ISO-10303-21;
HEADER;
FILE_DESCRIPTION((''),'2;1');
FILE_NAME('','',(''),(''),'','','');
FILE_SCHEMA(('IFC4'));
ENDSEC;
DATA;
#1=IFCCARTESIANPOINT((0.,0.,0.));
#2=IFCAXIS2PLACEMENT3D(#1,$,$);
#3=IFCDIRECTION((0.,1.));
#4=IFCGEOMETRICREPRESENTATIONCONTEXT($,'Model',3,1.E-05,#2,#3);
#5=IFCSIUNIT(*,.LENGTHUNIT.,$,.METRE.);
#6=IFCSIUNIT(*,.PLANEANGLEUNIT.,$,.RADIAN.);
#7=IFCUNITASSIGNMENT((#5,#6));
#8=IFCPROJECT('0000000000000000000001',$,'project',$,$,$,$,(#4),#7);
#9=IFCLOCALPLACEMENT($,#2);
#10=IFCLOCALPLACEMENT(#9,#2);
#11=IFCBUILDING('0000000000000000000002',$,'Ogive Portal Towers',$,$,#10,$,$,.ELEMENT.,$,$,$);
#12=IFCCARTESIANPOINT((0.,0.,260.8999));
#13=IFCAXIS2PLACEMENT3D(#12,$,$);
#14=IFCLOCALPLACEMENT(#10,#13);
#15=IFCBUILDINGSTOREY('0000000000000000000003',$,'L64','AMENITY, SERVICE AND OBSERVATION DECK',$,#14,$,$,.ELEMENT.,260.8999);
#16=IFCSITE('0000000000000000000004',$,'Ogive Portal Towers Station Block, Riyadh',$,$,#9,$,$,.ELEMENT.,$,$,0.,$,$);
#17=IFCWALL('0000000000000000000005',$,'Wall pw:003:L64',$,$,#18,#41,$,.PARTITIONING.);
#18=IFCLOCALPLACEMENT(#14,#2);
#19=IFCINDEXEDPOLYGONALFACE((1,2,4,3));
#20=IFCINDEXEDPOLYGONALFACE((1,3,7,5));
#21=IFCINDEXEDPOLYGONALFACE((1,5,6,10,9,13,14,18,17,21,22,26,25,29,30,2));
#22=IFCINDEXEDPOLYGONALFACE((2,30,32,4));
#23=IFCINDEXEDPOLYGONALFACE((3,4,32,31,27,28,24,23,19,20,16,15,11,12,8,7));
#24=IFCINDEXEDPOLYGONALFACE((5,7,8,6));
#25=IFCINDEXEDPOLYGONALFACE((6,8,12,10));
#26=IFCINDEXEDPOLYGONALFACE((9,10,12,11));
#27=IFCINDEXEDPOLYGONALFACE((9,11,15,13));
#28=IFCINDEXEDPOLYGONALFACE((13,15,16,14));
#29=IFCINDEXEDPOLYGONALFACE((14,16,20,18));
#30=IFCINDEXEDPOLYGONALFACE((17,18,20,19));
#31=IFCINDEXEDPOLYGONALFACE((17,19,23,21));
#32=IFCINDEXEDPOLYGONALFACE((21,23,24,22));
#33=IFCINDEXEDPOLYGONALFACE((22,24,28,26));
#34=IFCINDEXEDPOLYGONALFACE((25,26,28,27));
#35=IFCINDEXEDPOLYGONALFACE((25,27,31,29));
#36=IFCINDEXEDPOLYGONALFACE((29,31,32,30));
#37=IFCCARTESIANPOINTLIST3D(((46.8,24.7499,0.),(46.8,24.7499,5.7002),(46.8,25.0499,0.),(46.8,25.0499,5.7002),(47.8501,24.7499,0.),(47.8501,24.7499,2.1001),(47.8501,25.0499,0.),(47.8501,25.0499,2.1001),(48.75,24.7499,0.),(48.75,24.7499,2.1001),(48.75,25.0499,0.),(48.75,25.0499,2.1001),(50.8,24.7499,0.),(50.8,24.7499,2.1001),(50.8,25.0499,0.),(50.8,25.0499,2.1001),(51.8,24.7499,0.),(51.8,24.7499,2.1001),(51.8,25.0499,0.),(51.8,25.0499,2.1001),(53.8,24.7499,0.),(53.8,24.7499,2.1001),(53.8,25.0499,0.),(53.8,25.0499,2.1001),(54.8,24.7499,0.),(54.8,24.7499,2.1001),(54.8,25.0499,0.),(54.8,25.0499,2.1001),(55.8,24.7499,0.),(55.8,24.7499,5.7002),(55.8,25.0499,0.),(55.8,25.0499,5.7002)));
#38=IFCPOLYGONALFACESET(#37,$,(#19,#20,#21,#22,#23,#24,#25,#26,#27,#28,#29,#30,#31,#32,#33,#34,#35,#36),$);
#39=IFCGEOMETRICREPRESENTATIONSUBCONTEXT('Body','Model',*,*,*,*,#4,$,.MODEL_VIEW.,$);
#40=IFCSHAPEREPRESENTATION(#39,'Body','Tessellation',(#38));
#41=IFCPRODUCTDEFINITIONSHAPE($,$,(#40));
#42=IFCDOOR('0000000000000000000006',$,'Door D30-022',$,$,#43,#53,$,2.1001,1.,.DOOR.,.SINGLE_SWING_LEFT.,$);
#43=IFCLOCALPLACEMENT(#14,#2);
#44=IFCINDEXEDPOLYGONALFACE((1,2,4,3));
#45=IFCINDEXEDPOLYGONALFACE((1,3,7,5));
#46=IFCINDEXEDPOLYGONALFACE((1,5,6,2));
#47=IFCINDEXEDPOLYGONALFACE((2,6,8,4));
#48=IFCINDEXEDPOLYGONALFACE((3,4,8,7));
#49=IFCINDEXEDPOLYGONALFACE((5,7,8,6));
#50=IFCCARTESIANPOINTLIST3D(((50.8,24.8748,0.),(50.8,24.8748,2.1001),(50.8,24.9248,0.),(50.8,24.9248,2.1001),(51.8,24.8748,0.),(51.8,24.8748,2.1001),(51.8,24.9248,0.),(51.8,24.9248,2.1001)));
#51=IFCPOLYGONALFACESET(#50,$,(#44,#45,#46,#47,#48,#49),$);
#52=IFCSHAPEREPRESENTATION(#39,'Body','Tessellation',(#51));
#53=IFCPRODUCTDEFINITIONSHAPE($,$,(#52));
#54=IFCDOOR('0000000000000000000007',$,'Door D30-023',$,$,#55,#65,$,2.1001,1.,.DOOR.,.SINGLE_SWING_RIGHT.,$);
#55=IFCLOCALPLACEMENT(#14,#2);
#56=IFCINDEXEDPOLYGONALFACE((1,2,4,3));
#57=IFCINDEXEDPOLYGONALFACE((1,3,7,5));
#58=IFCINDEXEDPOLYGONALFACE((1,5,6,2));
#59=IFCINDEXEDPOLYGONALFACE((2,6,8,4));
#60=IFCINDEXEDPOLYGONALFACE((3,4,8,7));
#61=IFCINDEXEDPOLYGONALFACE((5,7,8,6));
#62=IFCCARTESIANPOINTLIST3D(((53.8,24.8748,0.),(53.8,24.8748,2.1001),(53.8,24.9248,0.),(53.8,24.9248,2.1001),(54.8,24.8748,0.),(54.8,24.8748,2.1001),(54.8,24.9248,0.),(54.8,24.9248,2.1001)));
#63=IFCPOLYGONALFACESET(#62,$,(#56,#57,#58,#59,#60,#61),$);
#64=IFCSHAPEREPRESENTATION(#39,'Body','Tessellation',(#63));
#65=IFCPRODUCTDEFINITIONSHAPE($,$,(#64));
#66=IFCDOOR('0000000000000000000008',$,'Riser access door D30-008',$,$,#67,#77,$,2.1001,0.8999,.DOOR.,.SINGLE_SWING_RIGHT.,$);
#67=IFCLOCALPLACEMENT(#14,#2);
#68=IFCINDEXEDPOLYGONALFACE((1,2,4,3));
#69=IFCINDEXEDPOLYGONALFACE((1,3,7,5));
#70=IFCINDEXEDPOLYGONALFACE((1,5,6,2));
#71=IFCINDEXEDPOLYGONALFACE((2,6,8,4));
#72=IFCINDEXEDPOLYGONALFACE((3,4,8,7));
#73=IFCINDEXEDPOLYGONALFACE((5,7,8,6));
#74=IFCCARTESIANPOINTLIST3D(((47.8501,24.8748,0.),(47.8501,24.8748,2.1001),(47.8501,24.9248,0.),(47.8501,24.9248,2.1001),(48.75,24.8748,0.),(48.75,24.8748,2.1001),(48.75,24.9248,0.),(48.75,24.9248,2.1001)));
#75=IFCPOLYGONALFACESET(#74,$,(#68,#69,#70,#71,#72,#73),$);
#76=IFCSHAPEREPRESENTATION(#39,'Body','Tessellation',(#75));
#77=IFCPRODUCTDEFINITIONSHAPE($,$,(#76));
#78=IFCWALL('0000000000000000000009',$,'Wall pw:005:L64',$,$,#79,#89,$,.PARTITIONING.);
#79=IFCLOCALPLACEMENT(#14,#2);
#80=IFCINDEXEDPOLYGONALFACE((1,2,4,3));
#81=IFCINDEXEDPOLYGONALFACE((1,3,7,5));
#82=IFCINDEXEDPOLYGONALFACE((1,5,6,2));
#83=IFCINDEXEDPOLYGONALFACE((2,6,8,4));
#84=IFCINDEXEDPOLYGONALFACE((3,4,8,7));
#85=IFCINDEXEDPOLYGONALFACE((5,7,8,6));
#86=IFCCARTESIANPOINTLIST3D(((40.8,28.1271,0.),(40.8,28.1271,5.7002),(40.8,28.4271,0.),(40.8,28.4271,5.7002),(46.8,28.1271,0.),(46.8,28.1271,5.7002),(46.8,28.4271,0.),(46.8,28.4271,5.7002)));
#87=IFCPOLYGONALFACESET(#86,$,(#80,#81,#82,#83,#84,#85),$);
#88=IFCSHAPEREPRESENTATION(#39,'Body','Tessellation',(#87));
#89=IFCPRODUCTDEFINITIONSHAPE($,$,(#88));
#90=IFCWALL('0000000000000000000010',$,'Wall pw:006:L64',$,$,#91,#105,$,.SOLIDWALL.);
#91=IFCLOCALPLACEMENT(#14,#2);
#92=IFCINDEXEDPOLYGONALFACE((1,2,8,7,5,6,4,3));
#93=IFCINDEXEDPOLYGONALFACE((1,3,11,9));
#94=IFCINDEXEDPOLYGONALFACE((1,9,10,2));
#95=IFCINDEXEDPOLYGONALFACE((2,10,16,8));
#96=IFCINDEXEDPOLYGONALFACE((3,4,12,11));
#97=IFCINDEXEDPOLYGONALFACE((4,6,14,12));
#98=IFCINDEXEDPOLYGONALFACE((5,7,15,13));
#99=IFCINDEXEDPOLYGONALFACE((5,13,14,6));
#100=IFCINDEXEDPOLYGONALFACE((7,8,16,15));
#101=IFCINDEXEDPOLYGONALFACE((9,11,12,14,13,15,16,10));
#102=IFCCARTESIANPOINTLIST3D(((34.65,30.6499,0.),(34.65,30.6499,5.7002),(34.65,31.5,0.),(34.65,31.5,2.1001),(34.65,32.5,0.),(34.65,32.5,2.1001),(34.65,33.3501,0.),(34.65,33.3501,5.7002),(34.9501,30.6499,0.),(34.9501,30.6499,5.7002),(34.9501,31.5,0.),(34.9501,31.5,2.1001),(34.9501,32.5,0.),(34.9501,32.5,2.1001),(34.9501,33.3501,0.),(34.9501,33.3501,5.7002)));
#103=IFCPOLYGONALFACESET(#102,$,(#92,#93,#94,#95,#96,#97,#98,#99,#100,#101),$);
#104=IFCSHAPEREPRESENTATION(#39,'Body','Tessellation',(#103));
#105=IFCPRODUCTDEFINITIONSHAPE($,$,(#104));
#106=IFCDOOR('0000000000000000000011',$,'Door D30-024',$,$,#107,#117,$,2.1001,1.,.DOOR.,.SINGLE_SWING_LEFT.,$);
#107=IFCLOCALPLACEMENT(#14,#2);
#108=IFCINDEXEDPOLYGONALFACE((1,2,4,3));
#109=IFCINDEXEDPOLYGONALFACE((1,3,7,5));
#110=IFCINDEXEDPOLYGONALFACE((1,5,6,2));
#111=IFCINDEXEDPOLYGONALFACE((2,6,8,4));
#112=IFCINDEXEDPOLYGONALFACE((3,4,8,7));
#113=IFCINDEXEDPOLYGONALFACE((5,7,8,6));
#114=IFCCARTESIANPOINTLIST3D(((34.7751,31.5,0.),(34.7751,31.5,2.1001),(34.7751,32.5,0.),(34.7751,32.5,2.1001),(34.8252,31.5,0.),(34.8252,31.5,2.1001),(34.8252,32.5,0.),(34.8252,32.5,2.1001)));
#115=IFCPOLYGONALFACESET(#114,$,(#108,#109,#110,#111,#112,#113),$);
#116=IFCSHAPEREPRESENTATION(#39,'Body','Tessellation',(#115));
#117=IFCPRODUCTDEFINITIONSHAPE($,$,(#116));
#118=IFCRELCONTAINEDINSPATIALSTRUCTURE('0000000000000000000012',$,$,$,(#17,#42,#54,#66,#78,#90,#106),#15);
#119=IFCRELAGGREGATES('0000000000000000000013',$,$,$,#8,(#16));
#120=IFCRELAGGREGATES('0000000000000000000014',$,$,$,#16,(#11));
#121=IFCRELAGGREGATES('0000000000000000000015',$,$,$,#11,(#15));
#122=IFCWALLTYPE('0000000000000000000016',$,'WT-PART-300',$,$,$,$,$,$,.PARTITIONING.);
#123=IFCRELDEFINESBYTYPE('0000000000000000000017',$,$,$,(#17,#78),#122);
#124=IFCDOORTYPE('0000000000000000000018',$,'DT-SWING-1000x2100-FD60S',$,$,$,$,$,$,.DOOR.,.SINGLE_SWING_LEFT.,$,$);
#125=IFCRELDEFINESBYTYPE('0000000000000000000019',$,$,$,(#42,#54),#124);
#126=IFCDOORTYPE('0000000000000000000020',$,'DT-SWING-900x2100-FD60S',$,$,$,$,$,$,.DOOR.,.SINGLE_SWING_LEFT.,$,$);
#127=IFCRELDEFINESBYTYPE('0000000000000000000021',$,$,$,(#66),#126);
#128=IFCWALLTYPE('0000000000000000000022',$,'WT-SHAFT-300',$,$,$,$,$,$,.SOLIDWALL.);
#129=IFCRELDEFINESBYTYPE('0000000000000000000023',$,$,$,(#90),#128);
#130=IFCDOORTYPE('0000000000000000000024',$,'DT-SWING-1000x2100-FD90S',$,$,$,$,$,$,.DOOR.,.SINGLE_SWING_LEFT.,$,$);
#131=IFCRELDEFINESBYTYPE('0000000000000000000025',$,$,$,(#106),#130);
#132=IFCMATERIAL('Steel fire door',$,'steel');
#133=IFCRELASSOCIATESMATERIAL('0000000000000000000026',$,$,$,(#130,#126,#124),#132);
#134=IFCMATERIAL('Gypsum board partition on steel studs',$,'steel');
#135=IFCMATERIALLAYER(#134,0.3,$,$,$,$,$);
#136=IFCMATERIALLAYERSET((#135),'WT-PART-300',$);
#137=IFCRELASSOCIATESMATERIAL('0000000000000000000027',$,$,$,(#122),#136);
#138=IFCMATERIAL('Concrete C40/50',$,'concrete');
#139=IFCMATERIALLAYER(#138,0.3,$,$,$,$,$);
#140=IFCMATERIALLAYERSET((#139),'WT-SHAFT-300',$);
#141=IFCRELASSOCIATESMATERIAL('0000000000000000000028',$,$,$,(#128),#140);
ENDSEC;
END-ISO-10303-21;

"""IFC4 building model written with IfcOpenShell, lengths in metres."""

from ifc_helpers import new_model, si_unit, direction, frame, frame_2d, origin, place, context, subcontext, project, spatial, rectangle, extrude, material, layer, layer_set, type_object, element, fill, save


model = new_model("IFC4")

# Units and contexts
model_context = context("Model", 3, precision=1e-05, world=origin(), true_north=direction((0.0, 1.0)))
body_context = subcontext(model_context, "Body", "Model", "MODEL_VIEW")
ifc_project = project(units=[si_unit("LENGTHUNIT", "METRE"), si_unit("PLANEANGLEUNIT", "RADIAN")], contexts=[model_context])

# Site, building, storey
site_placement = place(None, origin())
site = spatial("IfcSite", under=ifc_project, at=site_placement, Name="Ogive Portal Towers Station Block, Riyadh", CompositionType="ELEMENT", RefElevation=0.0)
building_placement = place(site_placement, origin())
building = spatial("IfcBuilding", under=site, at=building_placement, Name="Ogive Portal Towers", CompositionType="ELEMENT")
storey_placement = place(building_placement, frame((0.0, 0.0, 260.8999)))
storey = spatial("IfcBuildingStorey", under=building, at=storey_placement, Name="L64", Description="AMENITY, SERVICE AND OBSERVATION DECK", CompositionType="ELEMENT", Elevation=260.8999)

# Shared definitions
ifc_material_1 = material(Name="Steel fire door", Category="steel")
door_type_1 = type_object("IfcDoorType", Name="DT-SWING-1000x2100-FD90S", OperationType="SINGLE_SWING_LEFT", PredefinedType="DOOR", material=ifc_material_1)

# Shared definitions
ifc_material_2 = material(Name="Gypsum board partition on steel studs", Category="steel")
ifc_layer_1 = layer(ifc_material_2, 0.3)
ifc_layer_set_1 = layer_set([ifc_layer_1], Name="WT-PART-300")
wall_type_1 = type_object("IfcWallType", Name="WT-PART-300", PredefinedType="PARTITIONING", material=ifc_layer_set_1)
door_type_2 = type_object("IfcDoorType", Name="DT-SWING-900x2100-FD60S", OperationType="SINGLE_SWING_LEFT", PredefinedType="DOOR", material=ifc_material_1)

# Wall, openings, doors
wall_1_placement = place(storey_placement, frame((46.8, 24.8999, 0.0), z_axis=(0.0, 0.0, 1.0), x_axis=(1.0, 0.0, 0.0)))
wall_1 = element("IfcWall", 1, at=wall_1_placement, inside=storey, type_object=wall_type_1, Name="Wall pw:003:L64", PredefinedType="PARTITIONING", context=body_context, shape_type="SweptSolid", body=[
    extrude(rectangle(XDim=9.0, YDim=0.3, at=frame_2d((4.5, 0.0))), origin(), (0.0, 0.0, 1.0), 5.7002),
])
opening_1_placement = place(wall_1_placement, frame((1.05, 0.0, 0.0)))
opening_1 = element("IfcOpeningElement", 2, at=opening_1_placement, cuts=wall_1, PredefinedType="OPENING", context=body_context, shape_type="SweptSolid", body=[
    extrude(rectangle(XDim=0.8999, YDim=2.1001, at=frame_2d((0.45, 1.05))), frame((0.0, 0.1602, 0.0), z_axis=(0.0, -1.0, 0.0), x_axis=(1.0, 0.0, 0.0)), (0.0, 0.0, 1.0), 0.3201),
])
opening_2_placement = place(wall_1_placement, frame((4.0, 0.0, 0.0)))
opening_2 = element("IfcOpeningElement", 3, at=opening_2_placement, cuts=wall_1, PredefinedType="OPENING", context=body_context, shape_type="SweptSolid", body=[
    extrude(rectangle(XDim=1.0, YDim=2.1001, at=frame_2d((0.5, 1.05))), frame((0.0, 0.1602, 0.0), z_axis=(0.0, -1.0, 0.0), x_axis=(1.0, 0.0, 0.0)), (0.0, 0.0, 1.0), 0.3201),
])
opening_3_placement = place(wall_1_placement, frame((7.0, 0.0, 0.0)))
opening_3 = element("IfcOpeningElement", 4, at=opening_3_placement, cuts=wall_1, PredefinedType="OPENING", context=body_context, shape_type="SweptSolid", body=[
    extrude(rectangle(XDim=1.0, YDim=2.1001, at=frame_2d((0.5, 1.05))), frame((0.0, 0.1602, 0.0), z_axis=(0.0, -1.0, 0.0), x_axis=(1.0, 0.0, 0.0)), (0.0, 0.0, 1.0), 0.3201),
])
door_type_3 = type_object("IfcDoorType", Name="DT-SWING-1000x2100-FD60S", OperationType="SINGLE_SWING_LEFT", PredefinedType="DOOR", material=ifc_material_1)
door_1_placement = place(opening_2_placement, origin())
door_1 = element("IfcDoor", 5, at=door_1_placement, inside=storey, type_object=door_type_3, Name="Door D30-022", OperationType="SINGLE_SWING_LEFT", OverallHeight=2.1001, OverallWidth=1.0, PredefinedType="DOOR", context=body_context, shape_type="SweptSolid", body=[
    extrude(rectangle(XDim=1.0, YDim=2.1001, at=frame_2d((0.5, 1.05))), frame((0.0, 0.0249, 0.0), z_axis=(0.0, -1.0, 0.0), x_axis=(1.0, 0.0, 0.0)), (0.0, 0.0, 1.0), 0.05),
])
fill(opening_2, door_1)
door_2_placement = place(opening_3_placement, origin())
door_2 = element("IfcDoor", 6, at=door_2_placement, inside=storey, type_object=door_type_3, Name="Door D30-023", OperationType="SINGLE_SWING_RIGHT", OverallHeight=2.1001, OverallWidth=1.0, PredefinedType="DOOR", context=body_context, shape_type="SweptSolid", body=[
    extrude(rectangle(XDim=1.0, YDim=2.1001, at=frame_2d((0.5, 1.05))), frame((0.0, 0.0249, 0.0), z_axis=(0.0, -1.0, 0.0), x_axis=(1.0, 0.0, 0.0)), (0.0, 0.0, 1.0), 0.05),
])
fill(opening_3, door_2)
door_3_placement = place(opening_1_placement, origin())
door_3 = element("IfcDoor", 7, at=door_3_placement, inside=storey, type_object=door_type_2, Name="Riser access door D30-008", OperationType="SINGLE_SWING_RIGHT", OverallHeight=2.1001, OverallWidth=0.8999, PredefinedType="DOOR", context=body_context, shape_type="SweptSolid", body=[
    extrude(rectangle(XDim=0.8999, YDim=2.1001, at=frame_2d((0.45, 1.05))), frame((0.0, 0.0249, 0.0), z_axis=(0.0, -1.0, 0.0), x_axis=(1.0, 0.0, 0.0)), (0.0, 0.0, 1.0), 0.05),
])
fill(opening_1, door_3)

# Wall
wall_2_placement = place(storey_placement, frame((40.8, 28.2771, 0.0), z_axis=(0.0, 0.0, 1.0), x_axis=(1.0, 0.0, 0.0)))
element("IfcWall", 8, at=wall_2_placement, inside=storey, type_object=wall_type_1, Name="Wall pw:005:L64", PredefinedType="PARTITIONING", context=body_context, shape_type="SweptSolid", body=[
    extrude(rectangle(XDim=6.0, YDim=0.3, at=frame_2d((3.0, 0.0))), origin(), (0.0, 0.0, 1.0), 5.7002),
])

# Wall, opening, door
ifc_material_3 = material(Name="Concrete C40/50", Category="concrete")
ifc_layer_2 = layer(ifc_material_3, 0.3)
ifc_layer_set_2 = layer_set([ifc_layer_2], Name="WT-SHAFT-300")
wall_type_2 = type_object("IfcWallType", Name="WT-SHAFT-300", PredefinedType="SOLIDWALL", material=ifc_layer_set_2)
wall_3_placement = place(storey_placement, frame((34.8, 30.6499, 0.0), z_axis=(0.0, 0.0, 1.0), x_axis=(0.0, 1.0, 0.0)))
wall_3 = element("IfcWall", 9, at=wall_3_placement, inside=storey, type_object=wall_type_2, Name="Wall pw:006:L64", PredefinedType="SOLIDWALL", context=body_context, shape_type="SweptSolid", body=[
    extrude(rectangle(XDim=2.7002, YDim=0.3, at=frame_2d((1.3501, 0.0))), origin(), (0.0, 0.0, 1.0), 5.7002),
])
opening_4_placement = place(wall_3_placement, frame((0.8501, 0.0, 0.0)))
opening_4 = element("IfcOpeningElement", 10, at=opening_4_placement, cuts=wall_3, PredefinedType="OPENING", context=body_context, shape_type="SweptSolid", body=[
    extrude(rectangle(XDim=1.0, YDim=2.1001, at=frame_2d((0.5, 1.05))), frame((0.0, 0.1602, 0.0), z_axis=(0.0, -1.0, 0.0), x_axis=(1.0, 0.0, 0.0)), (0.0, 0.0, 1.0), 0.3201),
])
door_4_placement = place(opening_4_placement, origin())
door_4 = element("IfcDoor", 11, at=door_4_placement, inside=storey, type_object=door_type_1, Name="Door D30-024", OperationType="SINGLE_SWING_LEFT", OverallHeight=2.1001, OverallWidth=1.0, PredefinedType="DOOR", context=body_context, shape_type="SweptSolid", body=[
    extrude(rectangle(XDim=1.0, YDim=2.1001, at=frame_2d((0.5, 1.05))), frame((0.0, 0.0249, 0.0), z_axis=(0.0, -1.0, 0.0), x_axis=(1.0, 0.0, 0.0)), (0.0, 0.0, 1.0), 0.05),
])
fill(opening_4, door_4)

save(model, "model.ifc")
